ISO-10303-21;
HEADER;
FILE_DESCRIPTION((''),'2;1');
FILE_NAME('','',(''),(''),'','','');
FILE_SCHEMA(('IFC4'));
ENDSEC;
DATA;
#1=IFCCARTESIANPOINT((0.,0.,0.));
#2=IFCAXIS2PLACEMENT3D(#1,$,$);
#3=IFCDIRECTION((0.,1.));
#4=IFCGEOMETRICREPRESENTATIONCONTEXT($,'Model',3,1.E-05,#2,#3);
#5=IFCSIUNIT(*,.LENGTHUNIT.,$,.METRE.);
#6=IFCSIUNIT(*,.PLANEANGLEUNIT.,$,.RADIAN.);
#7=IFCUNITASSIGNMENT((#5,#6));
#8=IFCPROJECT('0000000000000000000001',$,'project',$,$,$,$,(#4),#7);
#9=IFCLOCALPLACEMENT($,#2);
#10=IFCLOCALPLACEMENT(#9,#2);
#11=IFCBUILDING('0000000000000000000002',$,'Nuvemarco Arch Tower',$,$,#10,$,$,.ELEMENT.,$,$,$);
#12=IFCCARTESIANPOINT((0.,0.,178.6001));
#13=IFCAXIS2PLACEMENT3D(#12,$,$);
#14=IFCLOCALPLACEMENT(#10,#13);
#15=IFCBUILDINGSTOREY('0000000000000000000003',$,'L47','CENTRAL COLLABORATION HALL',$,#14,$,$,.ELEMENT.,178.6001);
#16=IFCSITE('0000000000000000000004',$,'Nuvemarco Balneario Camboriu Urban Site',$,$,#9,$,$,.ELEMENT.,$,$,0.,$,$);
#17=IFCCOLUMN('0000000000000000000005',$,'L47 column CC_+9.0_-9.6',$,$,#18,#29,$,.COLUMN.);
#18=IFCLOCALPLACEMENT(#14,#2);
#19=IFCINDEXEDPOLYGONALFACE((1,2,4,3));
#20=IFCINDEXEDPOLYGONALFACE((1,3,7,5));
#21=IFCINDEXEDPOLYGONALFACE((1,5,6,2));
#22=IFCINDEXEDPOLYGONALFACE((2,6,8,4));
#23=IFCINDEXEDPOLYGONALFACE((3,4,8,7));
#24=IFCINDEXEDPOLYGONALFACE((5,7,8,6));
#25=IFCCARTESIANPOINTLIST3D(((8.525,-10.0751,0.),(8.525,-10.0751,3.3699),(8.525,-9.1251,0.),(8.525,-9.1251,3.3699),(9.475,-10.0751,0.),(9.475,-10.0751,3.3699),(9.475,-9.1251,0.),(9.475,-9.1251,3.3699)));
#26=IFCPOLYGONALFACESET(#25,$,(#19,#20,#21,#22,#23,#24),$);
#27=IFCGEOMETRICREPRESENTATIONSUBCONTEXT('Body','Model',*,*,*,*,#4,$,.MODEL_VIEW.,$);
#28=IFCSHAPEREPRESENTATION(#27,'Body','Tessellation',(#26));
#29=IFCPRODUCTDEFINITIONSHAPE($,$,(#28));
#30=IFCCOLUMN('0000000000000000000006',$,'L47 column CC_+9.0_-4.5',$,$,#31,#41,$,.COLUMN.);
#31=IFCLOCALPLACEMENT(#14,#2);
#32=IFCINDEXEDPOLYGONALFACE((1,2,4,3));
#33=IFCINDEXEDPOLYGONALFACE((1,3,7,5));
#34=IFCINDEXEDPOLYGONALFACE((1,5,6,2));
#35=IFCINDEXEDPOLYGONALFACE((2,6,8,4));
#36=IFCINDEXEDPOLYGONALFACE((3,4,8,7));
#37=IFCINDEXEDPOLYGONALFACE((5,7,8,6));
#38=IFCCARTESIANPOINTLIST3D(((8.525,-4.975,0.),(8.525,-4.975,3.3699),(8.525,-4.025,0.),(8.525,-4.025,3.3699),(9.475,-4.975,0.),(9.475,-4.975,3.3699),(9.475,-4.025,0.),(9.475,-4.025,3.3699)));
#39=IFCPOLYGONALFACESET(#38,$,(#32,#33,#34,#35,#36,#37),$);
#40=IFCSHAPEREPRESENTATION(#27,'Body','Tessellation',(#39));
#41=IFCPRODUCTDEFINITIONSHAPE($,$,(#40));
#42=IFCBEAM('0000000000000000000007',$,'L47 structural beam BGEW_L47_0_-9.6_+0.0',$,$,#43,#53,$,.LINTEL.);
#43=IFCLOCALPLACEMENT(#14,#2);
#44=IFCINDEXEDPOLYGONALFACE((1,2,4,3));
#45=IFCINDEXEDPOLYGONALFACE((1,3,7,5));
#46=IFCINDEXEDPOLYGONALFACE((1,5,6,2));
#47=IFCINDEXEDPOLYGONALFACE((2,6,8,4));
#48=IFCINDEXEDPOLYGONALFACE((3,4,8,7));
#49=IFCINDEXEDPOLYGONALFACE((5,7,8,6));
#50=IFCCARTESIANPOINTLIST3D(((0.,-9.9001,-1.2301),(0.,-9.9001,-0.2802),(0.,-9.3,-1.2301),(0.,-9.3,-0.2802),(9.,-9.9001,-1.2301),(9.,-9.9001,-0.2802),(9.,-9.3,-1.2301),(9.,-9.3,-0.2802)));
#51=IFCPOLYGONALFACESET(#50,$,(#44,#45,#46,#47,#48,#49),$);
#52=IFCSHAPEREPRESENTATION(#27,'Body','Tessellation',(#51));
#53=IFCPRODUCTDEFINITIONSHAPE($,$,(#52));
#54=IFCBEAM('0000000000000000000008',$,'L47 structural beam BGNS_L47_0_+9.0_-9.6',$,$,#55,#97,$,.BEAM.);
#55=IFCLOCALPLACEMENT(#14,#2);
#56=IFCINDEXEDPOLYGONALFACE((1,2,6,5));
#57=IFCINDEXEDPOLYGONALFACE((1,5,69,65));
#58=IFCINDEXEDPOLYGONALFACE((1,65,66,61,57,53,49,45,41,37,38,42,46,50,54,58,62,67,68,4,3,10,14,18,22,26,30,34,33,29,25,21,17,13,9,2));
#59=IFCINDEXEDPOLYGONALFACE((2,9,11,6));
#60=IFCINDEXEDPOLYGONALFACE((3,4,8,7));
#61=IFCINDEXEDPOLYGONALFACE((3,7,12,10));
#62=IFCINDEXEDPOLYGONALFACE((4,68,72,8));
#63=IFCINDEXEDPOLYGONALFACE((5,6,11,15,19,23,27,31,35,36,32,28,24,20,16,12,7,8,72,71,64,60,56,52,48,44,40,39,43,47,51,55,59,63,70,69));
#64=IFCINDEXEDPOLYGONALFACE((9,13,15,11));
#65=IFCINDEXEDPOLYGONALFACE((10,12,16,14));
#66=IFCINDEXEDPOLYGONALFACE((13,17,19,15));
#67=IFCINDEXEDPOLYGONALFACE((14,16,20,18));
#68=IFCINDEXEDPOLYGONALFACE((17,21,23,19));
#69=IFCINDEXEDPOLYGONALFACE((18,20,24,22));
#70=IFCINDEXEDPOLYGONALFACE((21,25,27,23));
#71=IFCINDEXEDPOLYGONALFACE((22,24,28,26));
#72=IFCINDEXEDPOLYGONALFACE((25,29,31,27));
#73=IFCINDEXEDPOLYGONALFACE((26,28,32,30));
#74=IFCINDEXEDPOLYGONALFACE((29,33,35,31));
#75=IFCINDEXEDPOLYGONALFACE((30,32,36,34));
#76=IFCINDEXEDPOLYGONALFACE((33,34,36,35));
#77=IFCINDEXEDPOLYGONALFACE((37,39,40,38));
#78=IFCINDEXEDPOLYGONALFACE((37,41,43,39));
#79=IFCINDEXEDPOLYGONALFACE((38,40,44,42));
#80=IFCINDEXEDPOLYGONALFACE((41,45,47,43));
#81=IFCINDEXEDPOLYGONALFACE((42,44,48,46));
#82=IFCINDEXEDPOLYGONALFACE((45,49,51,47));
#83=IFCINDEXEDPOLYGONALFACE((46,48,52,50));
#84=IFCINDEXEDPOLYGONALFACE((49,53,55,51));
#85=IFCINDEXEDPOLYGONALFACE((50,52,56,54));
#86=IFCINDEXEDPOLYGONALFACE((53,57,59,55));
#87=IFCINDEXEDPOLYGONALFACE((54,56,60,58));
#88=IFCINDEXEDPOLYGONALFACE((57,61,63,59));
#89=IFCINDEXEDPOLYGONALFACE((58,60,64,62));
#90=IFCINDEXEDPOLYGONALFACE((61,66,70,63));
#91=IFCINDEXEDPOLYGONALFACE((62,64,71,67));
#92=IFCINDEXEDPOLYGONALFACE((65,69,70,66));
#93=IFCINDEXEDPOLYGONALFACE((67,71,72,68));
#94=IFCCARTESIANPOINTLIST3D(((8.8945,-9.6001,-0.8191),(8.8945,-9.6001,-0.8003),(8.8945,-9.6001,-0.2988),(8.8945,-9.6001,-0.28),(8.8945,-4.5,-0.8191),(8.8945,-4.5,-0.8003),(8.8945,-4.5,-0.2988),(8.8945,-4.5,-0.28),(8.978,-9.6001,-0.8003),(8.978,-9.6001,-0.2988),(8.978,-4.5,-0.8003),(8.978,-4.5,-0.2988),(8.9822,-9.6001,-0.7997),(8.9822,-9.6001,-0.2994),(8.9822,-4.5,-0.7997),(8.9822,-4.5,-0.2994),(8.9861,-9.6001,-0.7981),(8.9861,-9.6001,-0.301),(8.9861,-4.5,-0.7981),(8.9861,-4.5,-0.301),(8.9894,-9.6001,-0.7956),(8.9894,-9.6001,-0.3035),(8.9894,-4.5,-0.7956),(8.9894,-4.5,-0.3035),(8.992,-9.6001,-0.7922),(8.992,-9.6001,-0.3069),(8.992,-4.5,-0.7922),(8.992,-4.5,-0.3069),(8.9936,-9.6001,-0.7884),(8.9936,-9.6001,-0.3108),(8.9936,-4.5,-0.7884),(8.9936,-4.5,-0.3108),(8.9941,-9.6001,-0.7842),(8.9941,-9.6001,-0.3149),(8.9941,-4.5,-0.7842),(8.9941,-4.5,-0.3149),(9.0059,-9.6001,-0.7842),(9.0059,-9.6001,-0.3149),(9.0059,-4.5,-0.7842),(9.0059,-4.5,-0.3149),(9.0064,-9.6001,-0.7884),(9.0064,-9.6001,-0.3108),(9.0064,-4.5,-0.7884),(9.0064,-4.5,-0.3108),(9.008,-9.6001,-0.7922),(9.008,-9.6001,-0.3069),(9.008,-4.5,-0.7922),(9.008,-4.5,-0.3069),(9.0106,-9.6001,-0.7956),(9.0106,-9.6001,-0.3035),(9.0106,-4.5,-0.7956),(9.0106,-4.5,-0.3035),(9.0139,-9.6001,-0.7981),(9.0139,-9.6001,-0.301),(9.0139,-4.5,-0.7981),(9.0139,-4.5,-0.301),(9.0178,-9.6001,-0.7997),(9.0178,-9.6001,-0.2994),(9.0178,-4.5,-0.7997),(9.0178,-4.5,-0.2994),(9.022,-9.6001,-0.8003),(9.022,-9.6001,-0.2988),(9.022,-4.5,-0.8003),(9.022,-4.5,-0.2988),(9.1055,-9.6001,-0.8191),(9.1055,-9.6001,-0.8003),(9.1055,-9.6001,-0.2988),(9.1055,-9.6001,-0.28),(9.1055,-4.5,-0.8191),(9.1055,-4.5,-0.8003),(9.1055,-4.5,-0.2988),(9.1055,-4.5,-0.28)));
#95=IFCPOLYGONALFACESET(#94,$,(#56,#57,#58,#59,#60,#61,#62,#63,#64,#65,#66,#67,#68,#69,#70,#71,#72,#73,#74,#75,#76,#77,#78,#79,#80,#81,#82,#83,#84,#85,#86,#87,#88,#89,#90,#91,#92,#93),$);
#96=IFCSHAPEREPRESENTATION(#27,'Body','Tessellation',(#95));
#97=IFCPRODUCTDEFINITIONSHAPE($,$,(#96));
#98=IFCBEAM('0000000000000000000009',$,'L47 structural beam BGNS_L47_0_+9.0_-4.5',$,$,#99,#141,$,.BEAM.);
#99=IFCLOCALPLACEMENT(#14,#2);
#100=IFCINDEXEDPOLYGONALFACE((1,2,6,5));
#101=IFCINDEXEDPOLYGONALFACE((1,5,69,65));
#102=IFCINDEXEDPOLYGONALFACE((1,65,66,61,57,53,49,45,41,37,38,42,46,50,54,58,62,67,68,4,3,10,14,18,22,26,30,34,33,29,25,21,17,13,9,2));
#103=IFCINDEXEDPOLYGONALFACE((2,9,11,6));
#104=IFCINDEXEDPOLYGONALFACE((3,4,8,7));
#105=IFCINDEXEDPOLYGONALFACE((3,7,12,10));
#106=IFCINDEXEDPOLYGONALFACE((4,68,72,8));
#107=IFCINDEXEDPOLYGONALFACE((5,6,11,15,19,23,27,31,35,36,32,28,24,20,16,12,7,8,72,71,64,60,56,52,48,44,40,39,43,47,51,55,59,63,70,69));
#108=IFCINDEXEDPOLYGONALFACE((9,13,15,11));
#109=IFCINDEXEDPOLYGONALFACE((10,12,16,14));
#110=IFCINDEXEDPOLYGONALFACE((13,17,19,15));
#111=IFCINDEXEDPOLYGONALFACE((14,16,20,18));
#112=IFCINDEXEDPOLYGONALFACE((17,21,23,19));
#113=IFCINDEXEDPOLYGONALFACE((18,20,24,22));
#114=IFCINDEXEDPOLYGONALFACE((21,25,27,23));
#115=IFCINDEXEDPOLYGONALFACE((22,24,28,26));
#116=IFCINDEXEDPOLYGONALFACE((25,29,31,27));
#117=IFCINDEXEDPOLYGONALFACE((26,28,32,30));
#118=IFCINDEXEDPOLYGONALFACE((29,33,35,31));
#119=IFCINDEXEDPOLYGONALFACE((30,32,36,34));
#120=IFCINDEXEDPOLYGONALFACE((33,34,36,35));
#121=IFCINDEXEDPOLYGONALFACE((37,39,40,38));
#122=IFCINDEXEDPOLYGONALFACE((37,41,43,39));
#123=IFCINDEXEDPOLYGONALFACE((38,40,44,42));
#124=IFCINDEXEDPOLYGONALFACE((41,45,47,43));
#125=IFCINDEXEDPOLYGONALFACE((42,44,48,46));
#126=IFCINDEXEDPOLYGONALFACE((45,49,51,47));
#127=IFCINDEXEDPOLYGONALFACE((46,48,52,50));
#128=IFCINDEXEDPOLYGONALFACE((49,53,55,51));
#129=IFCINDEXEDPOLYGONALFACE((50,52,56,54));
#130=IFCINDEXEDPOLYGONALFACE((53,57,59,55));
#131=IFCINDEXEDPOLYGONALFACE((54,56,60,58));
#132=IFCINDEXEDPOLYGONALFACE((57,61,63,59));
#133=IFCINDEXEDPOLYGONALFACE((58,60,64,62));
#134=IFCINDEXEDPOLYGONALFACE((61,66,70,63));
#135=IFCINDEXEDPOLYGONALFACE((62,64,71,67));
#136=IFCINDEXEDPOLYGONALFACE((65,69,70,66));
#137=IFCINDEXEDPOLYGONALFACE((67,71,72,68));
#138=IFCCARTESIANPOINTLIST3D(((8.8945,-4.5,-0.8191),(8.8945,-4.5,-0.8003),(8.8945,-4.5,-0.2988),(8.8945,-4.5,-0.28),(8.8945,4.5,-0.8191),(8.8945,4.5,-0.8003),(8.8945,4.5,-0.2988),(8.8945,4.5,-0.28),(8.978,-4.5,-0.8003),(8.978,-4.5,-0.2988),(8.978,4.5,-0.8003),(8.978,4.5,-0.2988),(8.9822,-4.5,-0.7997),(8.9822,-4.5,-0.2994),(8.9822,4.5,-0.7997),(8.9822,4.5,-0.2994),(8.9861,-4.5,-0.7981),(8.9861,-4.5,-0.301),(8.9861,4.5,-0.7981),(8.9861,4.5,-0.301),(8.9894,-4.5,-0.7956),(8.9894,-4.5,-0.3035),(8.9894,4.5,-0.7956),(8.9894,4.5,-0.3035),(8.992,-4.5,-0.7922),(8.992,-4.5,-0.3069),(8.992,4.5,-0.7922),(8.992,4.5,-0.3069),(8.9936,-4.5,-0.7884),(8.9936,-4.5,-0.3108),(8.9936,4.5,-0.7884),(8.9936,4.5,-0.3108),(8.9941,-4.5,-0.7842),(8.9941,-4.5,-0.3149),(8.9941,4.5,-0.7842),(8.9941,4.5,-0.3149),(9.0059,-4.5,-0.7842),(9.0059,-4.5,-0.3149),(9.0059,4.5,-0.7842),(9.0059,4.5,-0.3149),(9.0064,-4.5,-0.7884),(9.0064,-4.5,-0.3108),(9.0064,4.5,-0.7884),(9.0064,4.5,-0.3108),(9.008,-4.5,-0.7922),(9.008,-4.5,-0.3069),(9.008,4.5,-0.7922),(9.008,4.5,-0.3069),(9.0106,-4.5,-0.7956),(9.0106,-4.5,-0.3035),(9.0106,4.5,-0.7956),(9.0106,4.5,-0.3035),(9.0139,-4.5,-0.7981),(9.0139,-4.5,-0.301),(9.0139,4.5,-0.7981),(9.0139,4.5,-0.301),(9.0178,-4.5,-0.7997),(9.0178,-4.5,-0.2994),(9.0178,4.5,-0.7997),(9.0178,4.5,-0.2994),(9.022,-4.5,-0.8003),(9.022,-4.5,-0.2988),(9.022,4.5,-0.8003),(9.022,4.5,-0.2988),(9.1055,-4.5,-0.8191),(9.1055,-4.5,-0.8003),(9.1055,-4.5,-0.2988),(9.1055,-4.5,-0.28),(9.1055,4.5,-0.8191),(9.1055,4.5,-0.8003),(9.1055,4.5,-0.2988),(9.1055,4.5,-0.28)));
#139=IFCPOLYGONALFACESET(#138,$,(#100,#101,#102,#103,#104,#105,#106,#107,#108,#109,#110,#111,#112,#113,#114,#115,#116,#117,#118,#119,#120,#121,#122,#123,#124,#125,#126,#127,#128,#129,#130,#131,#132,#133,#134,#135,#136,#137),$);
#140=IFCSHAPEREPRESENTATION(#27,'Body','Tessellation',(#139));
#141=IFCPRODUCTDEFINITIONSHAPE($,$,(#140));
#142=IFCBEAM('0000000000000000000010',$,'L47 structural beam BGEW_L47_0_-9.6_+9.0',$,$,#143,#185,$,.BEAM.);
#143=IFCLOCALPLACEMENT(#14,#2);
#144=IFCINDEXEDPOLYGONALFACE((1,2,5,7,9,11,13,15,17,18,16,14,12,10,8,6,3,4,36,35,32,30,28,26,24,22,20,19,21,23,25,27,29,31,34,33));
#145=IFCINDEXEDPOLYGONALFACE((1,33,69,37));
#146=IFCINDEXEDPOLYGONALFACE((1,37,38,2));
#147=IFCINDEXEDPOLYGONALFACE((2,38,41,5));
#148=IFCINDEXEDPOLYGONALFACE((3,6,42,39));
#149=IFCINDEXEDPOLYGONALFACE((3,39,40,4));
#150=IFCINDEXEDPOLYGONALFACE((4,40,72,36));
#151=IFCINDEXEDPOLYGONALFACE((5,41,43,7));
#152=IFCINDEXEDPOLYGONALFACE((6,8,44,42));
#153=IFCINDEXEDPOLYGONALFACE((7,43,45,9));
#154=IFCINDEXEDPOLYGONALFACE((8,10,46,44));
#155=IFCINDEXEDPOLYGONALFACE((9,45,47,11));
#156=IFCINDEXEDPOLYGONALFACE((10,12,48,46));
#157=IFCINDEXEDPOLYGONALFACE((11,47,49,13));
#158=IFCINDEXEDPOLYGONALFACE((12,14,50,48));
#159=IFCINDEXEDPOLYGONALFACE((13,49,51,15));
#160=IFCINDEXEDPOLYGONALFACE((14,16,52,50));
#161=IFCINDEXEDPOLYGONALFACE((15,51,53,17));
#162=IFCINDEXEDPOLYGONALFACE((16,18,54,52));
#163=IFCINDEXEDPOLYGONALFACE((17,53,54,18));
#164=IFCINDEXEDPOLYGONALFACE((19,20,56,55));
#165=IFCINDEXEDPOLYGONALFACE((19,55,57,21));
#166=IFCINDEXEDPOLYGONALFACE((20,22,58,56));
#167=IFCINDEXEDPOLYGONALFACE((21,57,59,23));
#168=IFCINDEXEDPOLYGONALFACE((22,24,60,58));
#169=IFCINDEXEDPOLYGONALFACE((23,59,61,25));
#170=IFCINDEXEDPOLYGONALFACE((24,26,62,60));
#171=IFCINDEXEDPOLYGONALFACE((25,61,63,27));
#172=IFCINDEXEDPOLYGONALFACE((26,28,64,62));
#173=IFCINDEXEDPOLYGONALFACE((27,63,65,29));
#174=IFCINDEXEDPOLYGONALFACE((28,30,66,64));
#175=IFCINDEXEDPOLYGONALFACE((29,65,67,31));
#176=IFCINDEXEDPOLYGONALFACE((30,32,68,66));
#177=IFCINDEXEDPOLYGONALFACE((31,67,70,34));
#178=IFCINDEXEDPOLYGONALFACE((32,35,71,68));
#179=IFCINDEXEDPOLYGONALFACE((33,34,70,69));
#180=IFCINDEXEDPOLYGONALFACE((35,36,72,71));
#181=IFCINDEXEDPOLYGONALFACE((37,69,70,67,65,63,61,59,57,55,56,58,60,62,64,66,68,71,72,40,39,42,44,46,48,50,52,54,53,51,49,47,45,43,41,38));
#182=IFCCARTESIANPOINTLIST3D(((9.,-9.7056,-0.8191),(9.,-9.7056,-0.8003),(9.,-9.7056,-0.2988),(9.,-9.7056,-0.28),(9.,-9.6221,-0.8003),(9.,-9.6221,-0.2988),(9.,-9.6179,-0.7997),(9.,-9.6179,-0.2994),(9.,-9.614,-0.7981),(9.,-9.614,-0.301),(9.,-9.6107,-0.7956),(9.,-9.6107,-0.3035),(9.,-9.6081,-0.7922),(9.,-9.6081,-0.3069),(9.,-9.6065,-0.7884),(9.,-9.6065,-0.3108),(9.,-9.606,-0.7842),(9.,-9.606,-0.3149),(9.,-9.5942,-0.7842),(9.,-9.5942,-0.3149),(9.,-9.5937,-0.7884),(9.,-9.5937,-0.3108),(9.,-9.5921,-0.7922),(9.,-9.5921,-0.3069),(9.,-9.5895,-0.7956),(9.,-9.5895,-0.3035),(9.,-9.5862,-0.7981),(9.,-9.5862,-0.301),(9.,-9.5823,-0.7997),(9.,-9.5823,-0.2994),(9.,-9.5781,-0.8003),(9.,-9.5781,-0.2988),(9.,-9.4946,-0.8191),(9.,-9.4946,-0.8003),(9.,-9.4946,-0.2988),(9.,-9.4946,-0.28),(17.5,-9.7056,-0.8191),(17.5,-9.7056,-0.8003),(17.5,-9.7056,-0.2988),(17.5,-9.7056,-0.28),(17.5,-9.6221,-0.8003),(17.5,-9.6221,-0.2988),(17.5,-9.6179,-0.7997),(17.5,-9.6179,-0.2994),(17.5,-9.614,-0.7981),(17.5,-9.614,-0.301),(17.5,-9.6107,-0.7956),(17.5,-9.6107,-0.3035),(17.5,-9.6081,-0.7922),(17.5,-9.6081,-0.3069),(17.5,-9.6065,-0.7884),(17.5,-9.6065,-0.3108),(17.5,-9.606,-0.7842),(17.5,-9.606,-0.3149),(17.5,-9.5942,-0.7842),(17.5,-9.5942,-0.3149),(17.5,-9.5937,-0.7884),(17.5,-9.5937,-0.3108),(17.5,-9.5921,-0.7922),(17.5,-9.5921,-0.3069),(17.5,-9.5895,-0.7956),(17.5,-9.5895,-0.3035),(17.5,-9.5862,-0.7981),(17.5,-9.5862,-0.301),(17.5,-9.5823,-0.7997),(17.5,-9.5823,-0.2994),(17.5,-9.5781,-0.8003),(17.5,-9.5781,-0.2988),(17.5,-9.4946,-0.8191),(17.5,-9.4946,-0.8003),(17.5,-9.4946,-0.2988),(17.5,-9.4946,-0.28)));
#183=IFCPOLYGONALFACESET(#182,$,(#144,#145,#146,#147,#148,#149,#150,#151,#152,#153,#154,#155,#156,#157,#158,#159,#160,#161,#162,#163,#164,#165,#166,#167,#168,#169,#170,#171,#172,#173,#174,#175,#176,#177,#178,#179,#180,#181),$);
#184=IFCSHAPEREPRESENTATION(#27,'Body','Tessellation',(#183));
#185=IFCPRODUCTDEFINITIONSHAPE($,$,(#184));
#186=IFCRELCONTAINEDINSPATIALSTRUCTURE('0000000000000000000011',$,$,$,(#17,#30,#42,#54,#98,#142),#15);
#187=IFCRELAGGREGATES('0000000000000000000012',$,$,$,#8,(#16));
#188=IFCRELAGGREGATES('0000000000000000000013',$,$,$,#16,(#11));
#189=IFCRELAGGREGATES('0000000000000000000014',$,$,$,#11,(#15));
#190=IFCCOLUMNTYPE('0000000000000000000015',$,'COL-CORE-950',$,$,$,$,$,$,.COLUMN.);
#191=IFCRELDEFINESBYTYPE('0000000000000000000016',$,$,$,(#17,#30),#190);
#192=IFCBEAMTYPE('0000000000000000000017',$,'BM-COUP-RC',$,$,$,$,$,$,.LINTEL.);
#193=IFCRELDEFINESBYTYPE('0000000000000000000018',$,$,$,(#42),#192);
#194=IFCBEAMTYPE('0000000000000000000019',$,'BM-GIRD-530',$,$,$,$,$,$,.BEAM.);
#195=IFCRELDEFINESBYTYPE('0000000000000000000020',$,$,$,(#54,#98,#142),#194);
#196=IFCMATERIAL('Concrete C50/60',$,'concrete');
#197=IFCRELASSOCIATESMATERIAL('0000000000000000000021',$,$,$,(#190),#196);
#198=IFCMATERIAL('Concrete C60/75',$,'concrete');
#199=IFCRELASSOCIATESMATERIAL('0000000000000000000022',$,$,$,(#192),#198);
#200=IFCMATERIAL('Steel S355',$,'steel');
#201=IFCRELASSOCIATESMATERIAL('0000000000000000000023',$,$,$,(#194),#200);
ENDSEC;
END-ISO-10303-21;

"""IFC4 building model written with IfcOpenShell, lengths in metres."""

from ifc_helpers import new_model, si_unit, direction, frame, origin, origin_2d, place, context, subcontext, project, spatial, rectangle, i_section, extrude, material, material_profile, profile_set, type_object, element, save


model = new_model("IFC4")

# Units and contexts
model_context = context("Model", 3, precision=1e-05, world=origin(), true_north=direction((0.0, 1.0)))
body_context = subcontext(model_context, "Body", "Model", "MODEL_VIEW")
ifc_project = project(units=[si_unit("LENGTHUNIT", "METRE"), si_unit("PLANEANGLEUNIT", "RADIAN")], contexts=[model_context])

# Site, building, storey
site_placement = place(None, origin())
site = spatial("IfcSite", under=ifc_project, at=site_placement, Name="Nuvemarco Balneario Camboriu Urban Site", CompositionType="ELEMENT", RefElevation=0.0)
building_placement = place(site_placement, origin())
building = spatial("IfcBuilding", under=site, at=building_placement, Name="Nuvemarco Arch Tower", CompositionType="ELEMENT")
storey_placement = place(building_placement, frame((0.0, 0.0, 178.6001)))
storey = spatial("IfcBuildingStorey", under=building, at=storey_placement, Name="L47", Description="CENTRAL COLLABORATION HALL", CompositionType="ELEMENT", Elevation=178.6001)

# Columns
ifc_material_1 = material(Name="Concrete C50/60", Category="concrete")
ifc_material_profile_1 = material_profile(ifc_material_1, rectangle(XDim=0.95, YDim=0.95, at=origin_2d()), Name="RC-COL-950x950")
ifc_profile_set_1 = profile_set([ifc_material_profile_1], Name="Concrete C50/60")
column_type = type_object("IfcColumnType", Name="COL-CORE-950", PredefinedType="COLUMN", material=ifc_profile_set_1)
for number, where, z_axis, x_axis, name in (
    (1, (9.0, -9.6001, 0.0), (0.0, 0.0, 1.0), (1.0, 0.0, 0.0), "L47 column CC_+9.0_-9.6"),
    (2, (9.0, -4.5, 0.0), (0.0, 0.0, 1.0), (1.0, 0.0, 0.0), "L47 column CC_+9.0_-4.5"),
):
    element("IfcColumn", number, at=place(storey_placement, frame(where, z_axis=z_axis, x_axis=x_axis)), inside=storey, type_object=column_type, Name=name, PredefinedType="COLUMN", context=body_context, shape_type="SweptSolid", body=[
        extrude(rectangle(XDim=0.95, YDim=0.95, at=origin_2d()), origin(), (0.0, 0.0, 1.0), 3.3699),
    ])

# Beams
ifc_material_2 = material(Name="Concrete C60/75", Category="concrete")
ifc_material_profile_2 = material_profile(ifc_material_2, rectangle(XDim=0.6001, YDim=0.95, at=origin_2d()), Name="RC-BM-600x950")
ifc_profile_set_2 = profile_set([ifc_material_profile_2], Name="Concrete C60/75")
beam_type_1 = type_object("IfcBeamType", Name="BM-COUP-RC", PredefinedType="LINTEL", material=ifc_profile_set_2)
beam_1_placement = place(storey_placement, frame((0.0, -9.6001, -0.7551), z_axis=(1.0, 0.0, 0.0), x_axis=(0.0, 1.0, 0.0)))
element("IfcBeam", 3, at=beam_1_placement, inside=storey, type_object=beam_type_1, Name="L47 structural beam BGEW_L47_0_-9.6_+0.0", PredefinedType="LINTEL", context=body_context, shape_type="SweptSolid", body=[
    extrude(rectangle(XDim=0.6001, YDim=0.95, at=origin_2d()), origin(), (0.0, 0.0, 1.0), 9.0),
])
ifc_material_3 = material(Name="Steel S355", Category="steel")
ifc_material_profile_3 = material_profile(ifc_material_3, i_section(OverallWidth=0.2109, OverallDepth=0.5391, WebThickness=0.0117, FlangeThickness=0.0188, FilletRadius=0.0161, at=origin_2d()), Name="W530x109")
ifc_profile_set_3 = profile_set([ifc_material_profile_3], Name="Steel S355")
beam_type_2 = type_object("IfcBeamType", Name="BM-GIRD-530", PredefinedType="BEAM", material=ifc_profile_set_3)
beam_2_placement = place(storey_placement, frame((9.0, -9.6001, -0.5496), z_axis=(0.0, 1.0, 0.0), x_axis=(-1.0, 0.0, 0.0)))
element("IfcBeam", 4, at=beam_2_placement, inside=storey, type_object=beam_type_2, Name="L47 structural beam BGNS_L47_0_+9.0_-9.6", PredefinedType="BEAM", context=body_context, shape_type="SweptSolid", body=[
    extrude(i_section(OverallWidth=0.2109, OverallDepth=0.5391, WebThickness=0.0117, FlangeThickness=0.0188, FilletRadius=0.0161, at=origin_2d()), origin(), (0.0, 0.0, 1.0), 5.1001),
])
beam_3_placement = place(storey_placement, frame((9.0, -4.5, -0.5496), z_axis=(0.0, 1.0, 0.0), x_axis=(-1.0, 0.0, 0.0)))
element("IfcBeam", 5, at=beam_3_placement, inside=storey, type_object=beam_type_2, Name="L47 structural beam BGNS_L47_0_+9.0_-4.5", PredefinedType="BEAM", context=body_context, shape_type="SweptSolid", body=[
    extrude(i_section(OverallWidth=0.2109, OverallDepth=0.5391, WebThickness=0.0117, FlangeThickness=0.0188, FilletRadius=0.0161, at=origin_2d()), origin(), (0.0, 0.0, 1.0), 9.0),
])
beam_4_placement = place(storey_placement, frame((9.0, -9.6001, -0.5496), z_axis=(1.0, 0.0, 0.0), x_axis=(0.0, 1.0, 0.0)))
element("IfcBeam", 6, at=beam_4_placement, inside=storey, type_object=beam_type_2, Name="L47 structural beam BGEW_L47_0_-9.6_+9.0", PredefinedType="BEAM", context=body_context, shape_type="SweptSolid", body=[
    extrude(i_section(OverallWidth=0.2109, OverallDepth=0.5391, WebThickness=0.0117, FlangeThickness=0.0188, FilletRadius=0.0161, at=origin_2d()), origin(), (0.0, 0.0, 1.0), 8.5),
])

save(model, "model.ifc")
